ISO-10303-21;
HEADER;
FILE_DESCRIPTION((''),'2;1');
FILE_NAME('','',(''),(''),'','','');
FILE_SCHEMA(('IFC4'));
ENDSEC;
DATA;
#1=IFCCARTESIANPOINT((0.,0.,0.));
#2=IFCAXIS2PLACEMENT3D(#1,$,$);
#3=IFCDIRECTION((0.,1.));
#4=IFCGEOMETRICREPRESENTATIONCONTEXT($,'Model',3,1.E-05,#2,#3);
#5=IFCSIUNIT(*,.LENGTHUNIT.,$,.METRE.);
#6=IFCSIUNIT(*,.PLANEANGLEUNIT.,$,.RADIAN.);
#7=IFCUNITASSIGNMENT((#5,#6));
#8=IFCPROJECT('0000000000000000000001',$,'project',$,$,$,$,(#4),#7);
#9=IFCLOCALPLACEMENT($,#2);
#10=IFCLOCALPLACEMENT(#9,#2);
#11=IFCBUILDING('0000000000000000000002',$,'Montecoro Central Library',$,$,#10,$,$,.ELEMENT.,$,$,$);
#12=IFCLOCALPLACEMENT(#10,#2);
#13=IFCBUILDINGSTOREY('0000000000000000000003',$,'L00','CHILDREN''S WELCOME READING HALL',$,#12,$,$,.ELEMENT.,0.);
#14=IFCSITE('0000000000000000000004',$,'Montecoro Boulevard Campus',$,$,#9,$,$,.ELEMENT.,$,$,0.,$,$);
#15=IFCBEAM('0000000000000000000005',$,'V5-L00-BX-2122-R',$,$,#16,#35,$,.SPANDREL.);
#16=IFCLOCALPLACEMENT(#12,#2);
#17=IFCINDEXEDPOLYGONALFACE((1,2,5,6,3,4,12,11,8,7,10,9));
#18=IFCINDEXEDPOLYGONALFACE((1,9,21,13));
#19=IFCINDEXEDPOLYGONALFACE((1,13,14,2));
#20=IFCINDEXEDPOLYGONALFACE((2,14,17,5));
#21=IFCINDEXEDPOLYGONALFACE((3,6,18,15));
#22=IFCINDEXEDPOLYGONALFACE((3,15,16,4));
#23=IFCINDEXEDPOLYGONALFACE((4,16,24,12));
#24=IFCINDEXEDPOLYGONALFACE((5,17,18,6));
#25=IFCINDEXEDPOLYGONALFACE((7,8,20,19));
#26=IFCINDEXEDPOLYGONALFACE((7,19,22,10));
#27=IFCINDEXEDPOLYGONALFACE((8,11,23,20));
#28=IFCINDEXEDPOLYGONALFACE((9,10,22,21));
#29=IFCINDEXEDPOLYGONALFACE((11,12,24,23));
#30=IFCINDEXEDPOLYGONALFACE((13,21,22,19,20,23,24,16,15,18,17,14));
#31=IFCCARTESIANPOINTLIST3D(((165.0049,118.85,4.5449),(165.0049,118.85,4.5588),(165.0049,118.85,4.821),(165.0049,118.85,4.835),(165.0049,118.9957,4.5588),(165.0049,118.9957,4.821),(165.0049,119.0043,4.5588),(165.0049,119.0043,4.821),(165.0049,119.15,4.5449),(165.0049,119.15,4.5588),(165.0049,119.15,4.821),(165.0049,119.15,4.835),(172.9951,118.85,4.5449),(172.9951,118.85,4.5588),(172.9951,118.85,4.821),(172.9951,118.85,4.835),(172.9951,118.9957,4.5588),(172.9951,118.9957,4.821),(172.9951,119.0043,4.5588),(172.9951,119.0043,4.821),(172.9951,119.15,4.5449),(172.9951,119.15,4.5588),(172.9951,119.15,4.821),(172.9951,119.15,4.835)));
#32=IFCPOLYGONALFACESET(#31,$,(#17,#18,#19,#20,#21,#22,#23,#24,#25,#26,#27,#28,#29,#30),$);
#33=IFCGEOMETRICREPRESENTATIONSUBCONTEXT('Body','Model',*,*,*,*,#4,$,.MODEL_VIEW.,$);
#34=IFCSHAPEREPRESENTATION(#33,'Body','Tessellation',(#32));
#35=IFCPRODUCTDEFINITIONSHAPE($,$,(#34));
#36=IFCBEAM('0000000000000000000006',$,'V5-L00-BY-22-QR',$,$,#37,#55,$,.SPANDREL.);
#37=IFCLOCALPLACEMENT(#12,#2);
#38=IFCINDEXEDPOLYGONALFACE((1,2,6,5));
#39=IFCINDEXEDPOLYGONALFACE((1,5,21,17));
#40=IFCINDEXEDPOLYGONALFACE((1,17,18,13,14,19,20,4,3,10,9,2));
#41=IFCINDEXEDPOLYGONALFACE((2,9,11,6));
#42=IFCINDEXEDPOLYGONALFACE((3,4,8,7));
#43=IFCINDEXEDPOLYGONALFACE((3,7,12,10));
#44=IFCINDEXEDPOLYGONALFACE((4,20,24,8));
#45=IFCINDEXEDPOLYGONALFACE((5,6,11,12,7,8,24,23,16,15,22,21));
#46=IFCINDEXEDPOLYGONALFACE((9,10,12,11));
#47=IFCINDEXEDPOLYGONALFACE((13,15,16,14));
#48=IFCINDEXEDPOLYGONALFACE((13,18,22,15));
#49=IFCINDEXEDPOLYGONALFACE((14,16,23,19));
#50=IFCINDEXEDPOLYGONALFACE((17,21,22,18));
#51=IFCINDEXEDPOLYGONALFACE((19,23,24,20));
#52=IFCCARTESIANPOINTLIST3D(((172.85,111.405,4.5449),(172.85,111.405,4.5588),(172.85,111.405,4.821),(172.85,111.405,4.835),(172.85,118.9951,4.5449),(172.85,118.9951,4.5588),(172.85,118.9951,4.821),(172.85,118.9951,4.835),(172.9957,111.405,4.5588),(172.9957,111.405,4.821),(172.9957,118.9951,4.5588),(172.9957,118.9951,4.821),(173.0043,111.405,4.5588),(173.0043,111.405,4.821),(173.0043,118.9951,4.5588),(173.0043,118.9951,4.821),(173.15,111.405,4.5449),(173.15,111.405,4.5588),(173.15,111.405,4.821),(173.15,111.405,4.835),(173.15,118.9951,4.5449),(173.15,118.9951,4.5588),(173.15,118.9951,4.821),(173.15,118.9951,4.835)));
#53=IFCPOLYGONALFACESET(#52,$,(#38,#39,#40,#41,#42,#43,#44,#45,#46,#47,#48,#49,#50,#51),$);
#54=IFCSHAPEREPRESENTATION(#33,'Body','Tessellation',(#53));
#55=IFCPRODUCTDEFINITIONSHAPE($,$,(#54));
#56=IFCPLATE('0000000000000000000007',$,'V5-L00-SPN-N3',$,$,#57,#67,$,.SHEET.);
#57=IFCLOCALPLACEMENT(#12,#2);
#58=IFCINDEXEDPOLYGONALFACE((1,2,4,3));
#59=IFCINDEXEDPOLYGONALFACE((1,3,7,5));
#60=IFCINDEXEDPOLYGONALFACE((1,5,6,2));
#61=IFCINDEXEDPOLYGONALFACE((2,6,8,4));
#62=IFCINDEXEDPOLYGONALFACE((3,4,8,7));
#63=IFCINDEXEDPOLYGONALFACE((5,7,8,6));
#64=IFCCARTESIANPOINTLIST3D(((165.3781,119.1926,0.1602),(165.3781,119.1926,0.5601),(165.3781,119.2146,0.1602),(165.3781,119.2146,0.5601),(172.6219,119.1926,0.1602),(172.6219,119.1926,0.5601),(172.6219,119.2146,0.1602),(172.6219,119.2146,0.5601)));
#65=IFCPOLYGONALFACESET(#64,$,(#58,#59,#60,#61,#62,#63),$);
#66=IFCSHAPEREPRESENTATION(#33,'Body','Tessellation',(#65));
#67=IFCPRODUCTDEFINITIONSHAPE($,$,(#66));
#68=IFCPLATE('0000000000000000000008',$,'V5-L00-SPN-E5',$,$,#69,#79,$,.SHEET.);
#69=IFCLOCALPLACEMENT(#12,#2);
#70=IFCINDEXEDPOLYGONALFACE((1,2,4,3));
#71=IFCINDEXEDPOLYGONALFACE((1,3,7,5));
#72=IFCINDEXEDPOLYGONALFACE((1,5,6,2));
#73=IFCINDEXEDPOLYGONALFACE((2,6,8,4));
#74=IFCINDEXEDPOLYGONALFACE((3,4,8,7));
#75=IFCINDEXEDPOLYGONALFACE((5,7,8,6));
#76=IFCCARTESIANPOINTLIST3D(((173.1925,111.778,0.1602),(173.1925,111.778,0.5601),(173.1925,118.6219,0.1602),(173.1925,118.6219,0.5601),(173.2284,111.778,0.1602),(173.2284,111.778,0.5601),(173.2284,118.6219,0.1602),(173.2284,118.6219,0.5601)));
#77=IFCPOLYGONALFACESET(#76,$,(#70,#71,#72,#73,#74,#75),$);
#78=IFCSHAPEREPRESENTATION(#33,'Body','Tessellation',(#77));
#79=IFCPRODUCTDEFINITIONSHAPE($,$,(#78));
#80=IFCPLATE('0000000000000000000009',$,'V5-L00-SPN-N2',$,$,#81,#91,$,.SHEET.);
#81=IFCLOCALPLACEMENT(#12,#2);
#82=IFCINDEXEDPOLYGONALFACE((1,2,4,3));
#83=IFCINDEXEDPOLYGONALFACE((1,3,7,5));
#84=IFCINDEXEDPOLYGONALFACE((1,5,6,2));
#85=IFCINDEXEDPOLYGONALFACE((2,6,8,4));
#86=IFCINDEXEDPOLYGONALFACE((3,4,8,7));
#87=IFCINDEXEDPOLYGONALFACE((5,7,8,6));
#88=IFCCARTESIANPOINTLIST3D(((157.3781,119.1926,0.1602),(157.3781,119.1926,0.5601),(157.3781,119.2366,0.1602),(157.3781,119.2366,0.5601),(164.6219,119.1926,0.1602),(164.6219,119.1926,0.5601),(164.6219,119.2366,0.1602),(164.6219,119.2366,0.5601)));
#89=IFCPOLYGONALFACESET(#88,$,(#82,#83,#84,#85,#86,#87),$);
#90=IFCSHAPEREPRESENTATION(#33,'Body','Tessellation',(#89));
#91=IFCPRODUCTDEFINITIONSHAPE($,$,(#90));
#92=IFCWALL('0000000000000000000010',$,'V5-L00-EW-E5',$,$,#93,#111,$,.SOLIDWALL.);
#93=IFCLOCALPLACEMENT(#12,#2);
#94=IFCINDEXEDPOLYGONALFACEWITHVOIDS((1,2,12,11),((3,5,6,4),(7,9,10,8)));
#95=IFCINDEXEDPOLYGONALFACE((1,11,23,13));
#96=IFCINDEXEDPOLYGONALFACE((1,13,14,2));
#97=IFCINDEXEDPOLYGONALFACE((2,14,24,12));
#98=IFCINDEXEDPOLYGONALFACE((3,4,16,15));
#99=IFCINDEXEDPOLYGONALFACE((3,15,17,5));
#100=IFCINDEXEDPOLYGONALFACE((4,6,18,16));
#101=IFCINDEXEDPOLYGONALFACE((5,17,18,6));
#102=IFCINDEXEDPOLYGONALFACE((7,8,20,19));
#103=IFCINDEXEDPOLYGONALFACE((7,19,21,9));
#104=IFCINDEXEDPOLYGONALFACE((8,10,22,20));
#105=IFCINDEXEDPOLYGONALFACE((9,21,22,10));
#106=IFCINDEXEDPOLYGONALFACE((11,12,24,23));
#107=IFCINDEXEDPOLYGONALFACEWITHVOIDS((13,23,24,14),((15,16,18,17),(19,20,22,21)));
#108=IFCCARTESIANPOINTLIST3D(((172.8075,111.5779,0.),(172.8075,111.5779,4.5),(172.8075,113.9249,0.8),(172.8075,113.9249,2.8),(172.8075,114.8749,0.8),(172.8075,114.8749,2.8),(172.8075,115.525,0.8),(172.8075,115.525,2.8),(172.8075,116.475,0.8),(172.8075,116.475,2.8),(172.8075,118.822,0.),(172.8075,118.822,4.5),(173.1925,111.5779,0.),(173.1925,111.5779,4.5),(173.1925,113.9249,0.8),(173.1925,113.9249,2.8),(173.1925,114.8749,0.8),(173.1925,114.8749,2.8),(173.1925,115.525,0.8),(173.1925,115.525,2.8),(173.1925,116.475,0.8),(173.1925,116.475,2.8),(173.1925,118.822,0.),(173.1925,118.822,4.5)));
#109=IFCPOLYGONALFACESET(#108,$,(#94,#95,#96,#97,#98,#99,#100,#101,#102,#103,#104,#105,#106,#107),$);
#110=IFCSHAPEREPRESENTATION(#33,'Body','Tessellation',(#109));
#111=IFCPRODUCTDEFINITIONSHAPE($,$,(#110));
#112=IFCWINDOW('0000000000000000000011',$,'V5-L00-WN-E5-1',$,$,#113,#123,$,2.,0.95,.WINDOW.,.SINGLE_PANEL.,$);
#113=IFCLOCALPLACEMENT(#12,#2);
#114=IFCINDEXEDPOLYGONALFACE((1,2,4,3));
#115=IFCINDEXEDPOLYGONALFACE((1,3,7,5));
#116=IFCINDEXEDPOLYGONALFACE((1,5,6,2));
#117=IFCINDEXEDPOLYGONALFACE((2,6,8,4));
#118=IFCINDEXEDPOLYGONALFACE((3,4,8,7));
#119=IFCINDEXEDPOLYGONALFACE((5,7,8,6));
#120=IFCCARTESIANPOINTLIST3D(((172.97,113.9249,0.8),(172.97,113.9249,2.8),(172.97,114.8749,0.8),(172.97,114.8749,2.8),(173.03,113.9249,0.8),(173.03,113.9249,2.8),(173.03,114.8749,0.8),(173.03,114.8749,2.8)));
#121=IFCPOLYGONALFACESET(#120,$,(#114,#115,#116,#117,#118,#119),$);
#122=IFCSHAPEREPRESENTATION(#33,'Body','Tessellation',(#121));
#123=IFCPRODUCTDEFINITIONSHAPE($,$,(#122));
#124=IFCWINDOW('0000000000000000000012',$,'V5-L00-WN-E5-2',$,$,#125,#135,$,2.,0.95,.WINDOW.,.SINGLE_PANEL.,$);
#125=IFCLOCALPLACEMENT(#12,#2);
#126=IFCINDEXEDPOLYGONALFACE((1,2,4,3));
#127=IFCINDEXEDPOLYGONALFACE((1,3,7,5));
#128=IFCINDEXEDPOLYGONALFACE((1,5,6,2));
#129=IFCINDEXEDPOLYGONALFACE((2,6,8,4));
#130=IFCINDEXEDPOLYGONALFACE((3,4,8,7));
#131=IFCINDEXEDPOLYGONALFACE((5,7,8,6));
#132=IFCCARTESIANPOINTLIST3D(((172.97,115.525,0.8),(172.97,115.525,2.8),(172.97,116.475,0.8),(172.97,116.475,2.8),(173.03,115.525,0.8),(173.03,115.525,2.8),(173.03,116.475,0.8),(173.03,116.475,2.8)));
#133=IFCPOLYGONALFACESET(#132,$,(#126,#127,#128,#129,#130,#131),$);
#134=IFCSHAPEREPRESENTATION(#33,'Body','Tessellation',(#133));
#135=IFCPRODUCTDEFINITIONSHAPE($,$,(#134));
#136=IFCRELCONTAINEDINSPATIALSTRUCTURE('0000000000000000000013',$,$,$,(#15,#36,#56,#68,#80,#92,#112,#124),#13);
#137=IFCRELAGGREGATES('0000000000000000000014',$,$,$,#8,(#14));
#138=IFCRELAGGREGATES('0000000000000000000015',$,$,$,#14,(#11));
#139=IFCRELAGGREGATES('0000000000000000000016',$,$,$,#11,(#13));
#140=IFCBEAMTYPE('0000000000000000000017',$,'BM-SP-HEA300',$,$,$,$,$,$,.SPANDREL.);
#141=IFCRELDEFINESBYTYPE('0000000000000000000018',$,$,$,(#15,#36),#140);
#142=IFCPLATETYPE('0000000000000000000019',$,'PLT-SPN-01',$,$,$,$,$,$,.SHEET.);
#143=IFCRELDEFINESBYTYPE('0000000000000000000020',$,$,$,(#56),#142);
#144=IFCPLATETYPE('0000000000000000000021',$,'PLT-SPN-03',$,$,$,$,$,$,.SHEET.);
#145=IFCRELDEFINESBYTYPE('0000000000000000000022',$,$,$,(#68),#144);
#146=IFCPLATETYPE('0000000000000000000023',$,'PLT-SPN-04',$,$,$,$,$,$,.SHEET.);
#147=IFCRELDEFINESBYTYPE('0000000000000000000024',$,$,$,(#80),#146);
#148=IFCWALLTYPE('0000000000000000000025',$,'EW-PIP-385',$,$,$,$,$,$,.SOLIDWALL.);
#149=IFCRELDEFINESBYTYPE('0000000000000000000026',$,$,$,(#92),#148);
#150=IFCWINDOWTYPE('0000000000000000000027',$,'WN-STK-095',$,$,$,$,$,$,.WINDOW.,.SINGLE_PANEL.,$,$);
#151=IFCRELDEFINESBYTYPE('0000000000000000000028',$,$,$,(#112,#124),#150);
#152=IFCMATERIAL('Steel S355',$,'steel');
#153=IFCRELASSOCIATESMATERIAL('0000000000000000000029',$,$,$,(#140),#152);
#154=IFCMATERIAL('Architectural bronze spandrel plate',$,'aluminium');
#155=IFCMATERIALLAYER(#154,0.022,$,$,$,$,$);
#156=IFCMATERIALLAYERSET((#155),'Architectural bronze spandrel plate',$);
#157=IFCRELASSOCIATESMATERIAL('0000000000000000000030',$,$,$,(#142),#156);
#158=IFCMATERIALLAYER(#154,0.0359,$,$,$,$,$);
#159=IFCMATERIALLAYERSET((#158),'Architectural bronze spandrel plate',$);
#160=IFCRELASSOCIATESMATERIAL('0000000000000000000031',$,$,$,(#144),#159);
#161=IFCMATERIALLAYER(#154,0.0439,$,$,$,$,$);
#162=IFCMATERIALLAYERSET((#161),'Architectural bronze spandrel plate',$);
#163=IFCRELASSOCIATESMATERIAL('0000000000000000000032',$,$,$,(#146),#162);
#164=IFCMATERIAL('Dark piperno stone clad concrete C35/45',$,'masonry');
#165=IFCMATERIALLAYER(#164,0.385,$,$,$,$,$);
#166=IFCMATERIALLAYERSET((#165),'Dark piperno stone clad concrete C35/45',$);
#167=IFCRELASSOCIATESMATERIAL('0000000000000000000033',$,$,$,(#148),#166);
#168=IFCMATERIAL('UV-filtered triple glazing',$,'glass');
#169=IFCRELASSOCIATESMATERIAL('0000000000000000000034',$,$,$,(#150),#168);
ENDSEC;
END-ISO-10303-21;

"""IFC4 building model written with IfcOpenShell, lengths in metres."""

from ifc_helpers import new_model, si_unit, direction, frame, frame_2d, origin, origin_2d, place, context, subcontext, project, spatial, rectangle, i_section, extrude, material, layer, layer_set, material_profile, profile_set, type_object, element, fill, save


model = new_model("IFC4")

# Units and contexts
model_context = context("Model", 3, precision=1e-05, world=origin(), true_north=direction((0.0, 1.0)))
body_context = subcontext(model_context, "Body", "Model", "MODEL_VIEW")
ifc_project = project(units=[si_unit("LENGTHUNIT", "METRE"), si_unit("PLANEANGLEUNIT", "RADIAN")], contexts=[model_context])

# Site, building, storey
site_placement = place(None, origin())
site = spatial("IfcSite", under=ifc_project, at=site_placement, Name="Montecoro Boulevard Campus", CompositionType="ELEMENT", RefElevation=0.0)
building_placement = place(site_placement, origin())
building = spatial("IfcBuilding", under=site, at=building_placement, Name="Montecoro Central Library", CompositionType="ELEMENT")
storey_placement = place(building_placement, origin())
storey = spatial("IfcBuildingStorey", under=building, at=storey_placement, Name="L00", Description="CHILDREN'S WELCOME READING HALL", CompositionType="ELEMENT", Elevation=0.0)

# Beams
ifc_material_1 = material(Name="Steel S355", Category="steel")
ifc_material_profile_1 = material_profile(ifc_material_1, i_section(OverallWidth=0.3, OverallDepth=0.29, WebThickness=0.0085, FlangeThickness=0.0139, at=origin_2d()), Name="HEA 300")
ifc_profile_set_1 = profile_set([ifc_material_profile_1], Name="Steel S355")
beam_type_1 = type_object("IfcBeamType", Name="BM-SP-HEA300", PredefinedType="SPANDREL", material=ifc_profile_set_1)
beam_1_placement = place(storey_placement, frame((165.0049, 119.0, 4.6899), z_axis=(1.0, 0.0, 0.0), x_axis=(0.0, 1.0, 0.0)))
element("IfcBeam", 1, at=beam_1_placement, inside=storey, type_object=beam_type_1, Name="V5-L00-BX-2122-R", PredefinedType="SPANDREL", context=body_context, shape_type="SweptSolid", body=[
    extrude(i_section(OverallWidth=0.3, OverallDepth=0.29, WebThickness=0.0085, FlangeThickness=0.0139, at=origin_2d()), origin(), (0.0, 0.0, 1.0), 7.9902),
])
beam_2_placement = place(storey_placement, frame((173.0, 111.405, 4.6899), z_axis=(0.0, 1.0, 0.0), x_axis=(-1.0, 0.0, 0.0)))
element("IfcBeam", 2, at=beam_2_placement, inside=storey, type_object=beam_type_1, Name="V5-L00-BY-22-QR", PredefinedType="SPANDREL", context=body_context, shape_type="SweptSolid", body=[
    extrude(i_section(OverallWidth=0.3, OverallDepth=0.29, WebThickness=0.0085, FlangeThickness=0.0139, at=origin_2d()), origin(), (0.0, 0.0, 1.0), 7.5901),
])

# Plates
ifc_material_2 = material(Name="Architectural bronze spandrel plate", Category="aluminium")
ifc_layer_1 = layer(ifc_material_2, 0.022)
ifc_layer_set_1 = layer_set([ifc_layer_1], Name="Architectural bronze spandrel plate")
plate_type_1 = type_object("IfcPlateType", Name="PLT-SPN-01", PredefinedType="SHEET", material=ifc_layer_set_1)
plate_1_placement = place(storey_placement, frame((169.0, 119.2036, 0.1602), z_axis=(0.0, 0.0, 1.0), x_axis=(-1.0, 0.0, 0.0)))
element("IfcPlate", 3, at=plate_1_placement, inside=storey, type_object=plate_type_1, Name="V5-L00-SPN-N3", PredefinedType="SHEET", context=body_context, shape_type="SweptSolid", body=[
    extrude(rectangle(XDim=7.2439, YDim=0.022, at=origin_2d()), origin(), (0.0, 0.0, 1.0), 0.3999),
])
ifc_layer_2 = layer(ifc_material_2, 0.0359)
ifc_layer_set_2 = layer_set([ifc_layer_2], Name="Architectural bronze spandrel plate")
plate_type_2 = type_object("IfcPlateType", Name="PLT-SPN-03", PredefinedType="SHEET", material=ifc_layer_set_2)
plate_2_placement = place(storey_placement, frame((173.2104, 115.2, 0.1602), z_axis=(0.0, 0.0, 1.0), x_axis=(0.0, 1.0, 0.0)))
element("IfcPlate", 4, at=plate_2_placement, inside=storey, type_object=plate_type_2, Name="V5-L00-SPN-E5", PredefinedType="SHEET", context=body_context, shape_type="SweptSolid", body=[
    extrude(rectangle(XDim=6.844, YDim=0.0359, at=origin_2d()), origin(), (0.0, 0.0, 1.0), 0.3999),
])
ifc_layer_3 = layer(ifc_material_2, 0.0439)
ifc_layer_set_3 = layer_set([ifc_layer_3], Name="Architectural bronze spandrel plate")
plate_type_3 = type_object("IfcPlateType", Name="PLT-SPN-04", PredefinedType="SHEET", material=ifc_layer_set_3)
plate_3_placement = place(storey_placement, frame((161.0, 119.2146, 0.1602), z_axis=(0.0, 0.0, 1.0), x_axis=(-1.0, 0.0, 0.0)))
element("IfcPlate", 5, at=plate_3_placement, inside=storey, type_object=plate_type_3, Name="V5-L00-SPN-N2", PredefinedType="SHEET", context=body_context, shape_type="SweptSolid", body=[
    extrude(rectangle(XDim=7.2439, YDim=0.0439, at=origin_2d()), origin(), (0.0, 0.0, 1.0), 0.3999),
])

# Wall, openings, windows
ifc_material_3 = material(Name="Dark piperno stone clad concrete C35/45", Category="masonry")
ifc_layer_4 = layer(ifc_material_3, 0.385)
ifc_layer_set_4 = layer_set([ifc_layer_4], Name="Dark piperno stone clad concrete C35/45")
wall_type_1 = type_object("IfcWallType", Name="EW-PIP-385", PredefinedType="SOLIDWALL", material=ifc_layer_set_4)
wall_1_placement = place(storey_placement, frame((173.0, 111.5779, 0.0), z_axis=(0.0, 0.0, 1.0), x_axis=(0.0, 1.0, 0.0)))
wall_1 = element("IfcWall", 6, at=wall_1_placement, inside=storey, type_object=wall_type_1, Name="V5-L00-EW-E5", PredefinedType="SOLIDWALL", context=body_context, shape_type="SweptSolid", body=[
    extrude(rectangle(XDim=7.2441, YDim=0.385, at=frame_2d((3.6221, 0.0))), origin(), (0.0, 0.0, 1.0), 4.5),
])
opening_1_placement = place(wall_1_placement, frame((2.3469, 0.0, 0.8)))
opening_1 = element("IfcOpeningElement", 7, at=opening_1_placement, cuts=wall_1, PredefinedType="OPENING", context=body_context, shape_type="SweptSolid", body=[
    extrude(rectangle(XDim=0.95, YDim=2.0, at=frame_2d((0.4751, 1.0))), frame((0.0, 0.2024, 0.0), z_axis=(0.0, -1.0, 0.0), x_axis=(1.0, 0.0, 0.0)), (0.0, 0.0, 1.0), 0.405),
])
opening_2_placement = place(wall_1_placement, frame((3.947, 0.0, 0.8)))
opening_2 = element("IfcOpeningElement", 8, at=opening_2_placement, cuts=wall_1, PredefinedType="OPENING", context=body_context, shape_type="SweptSolid", body=[
    extrude(rectangle(XDim=0.95, YDim=2.0, at=frame_2d((0.4751, 1.0))), frame((0.0, 0.2024, 0.0), z_axis=(0.0, -1.0, 0.0), x_axis=(1.0, 0.0, 0.0)), (0.0, 0.0, 1.0), 0.405),
])
ifc_material_4 = material(Name="UV-filtered triple glazing", Category="glass")
window_type_1 = type_object("IfcWindowType", Name="WN-STK-095", PartitioningType="SINGLE_PANEL", PredefinedType="WINDOW", material=ifc_material_4)
window_1_placement = place(opening_1_placement, origin())
window_1 = element("IfcWindow", 9, at=window_1_placement, inside=storey, type_object=window_type_1, Name="V5-L00-WN-E5-1", OverallHeight=2.0, OverallWidth=0.95, PartitioningType="SINGLE_PANEL", PredefinedType="WINDOW", context=body_context, shape_type="SweptSolid", body=[
    extrude(rectangle(XDim=0.95, YDim=2.0, at=frame_2d((0.4751, 1.0))), frame((0.0, 0.03, 0.0), z_axis=(0.0, -1.0, 0.0), x_axis=(1.0, 0.0, 0.0)), (0.0, 0.0, 1.0), 0.0601),
])
fill(opening_1, window_1)
window_2_placement = place(opening_2_placement, origin())
window_2 = element("IfcWindow", 10, at=window_2_placement, inside=storey, type_object=window_type_1, Name="V5-L00-WN-E5-2", OverallHeight=2.0, OverallWidth=0.95, PartitioningType="SINGLE_PANEL", PredefinedType="WINDOW", context=body_context, shape_type="SweptSolid", body=[
    extrude(rectangle(XDim=0.95, YDim=2.0, at=frame_2d((0.4751, 1.0))), frame((0.0, 0.03, 0.0), z_axis=(0.0, -1.0, 0.0), x_axis=(1.0, 0.0, 0.0)), (0.0, 0.0, 1.0), 0.0601),
])
fill(opening_2, window_2)

save(model, "model.ifc")
